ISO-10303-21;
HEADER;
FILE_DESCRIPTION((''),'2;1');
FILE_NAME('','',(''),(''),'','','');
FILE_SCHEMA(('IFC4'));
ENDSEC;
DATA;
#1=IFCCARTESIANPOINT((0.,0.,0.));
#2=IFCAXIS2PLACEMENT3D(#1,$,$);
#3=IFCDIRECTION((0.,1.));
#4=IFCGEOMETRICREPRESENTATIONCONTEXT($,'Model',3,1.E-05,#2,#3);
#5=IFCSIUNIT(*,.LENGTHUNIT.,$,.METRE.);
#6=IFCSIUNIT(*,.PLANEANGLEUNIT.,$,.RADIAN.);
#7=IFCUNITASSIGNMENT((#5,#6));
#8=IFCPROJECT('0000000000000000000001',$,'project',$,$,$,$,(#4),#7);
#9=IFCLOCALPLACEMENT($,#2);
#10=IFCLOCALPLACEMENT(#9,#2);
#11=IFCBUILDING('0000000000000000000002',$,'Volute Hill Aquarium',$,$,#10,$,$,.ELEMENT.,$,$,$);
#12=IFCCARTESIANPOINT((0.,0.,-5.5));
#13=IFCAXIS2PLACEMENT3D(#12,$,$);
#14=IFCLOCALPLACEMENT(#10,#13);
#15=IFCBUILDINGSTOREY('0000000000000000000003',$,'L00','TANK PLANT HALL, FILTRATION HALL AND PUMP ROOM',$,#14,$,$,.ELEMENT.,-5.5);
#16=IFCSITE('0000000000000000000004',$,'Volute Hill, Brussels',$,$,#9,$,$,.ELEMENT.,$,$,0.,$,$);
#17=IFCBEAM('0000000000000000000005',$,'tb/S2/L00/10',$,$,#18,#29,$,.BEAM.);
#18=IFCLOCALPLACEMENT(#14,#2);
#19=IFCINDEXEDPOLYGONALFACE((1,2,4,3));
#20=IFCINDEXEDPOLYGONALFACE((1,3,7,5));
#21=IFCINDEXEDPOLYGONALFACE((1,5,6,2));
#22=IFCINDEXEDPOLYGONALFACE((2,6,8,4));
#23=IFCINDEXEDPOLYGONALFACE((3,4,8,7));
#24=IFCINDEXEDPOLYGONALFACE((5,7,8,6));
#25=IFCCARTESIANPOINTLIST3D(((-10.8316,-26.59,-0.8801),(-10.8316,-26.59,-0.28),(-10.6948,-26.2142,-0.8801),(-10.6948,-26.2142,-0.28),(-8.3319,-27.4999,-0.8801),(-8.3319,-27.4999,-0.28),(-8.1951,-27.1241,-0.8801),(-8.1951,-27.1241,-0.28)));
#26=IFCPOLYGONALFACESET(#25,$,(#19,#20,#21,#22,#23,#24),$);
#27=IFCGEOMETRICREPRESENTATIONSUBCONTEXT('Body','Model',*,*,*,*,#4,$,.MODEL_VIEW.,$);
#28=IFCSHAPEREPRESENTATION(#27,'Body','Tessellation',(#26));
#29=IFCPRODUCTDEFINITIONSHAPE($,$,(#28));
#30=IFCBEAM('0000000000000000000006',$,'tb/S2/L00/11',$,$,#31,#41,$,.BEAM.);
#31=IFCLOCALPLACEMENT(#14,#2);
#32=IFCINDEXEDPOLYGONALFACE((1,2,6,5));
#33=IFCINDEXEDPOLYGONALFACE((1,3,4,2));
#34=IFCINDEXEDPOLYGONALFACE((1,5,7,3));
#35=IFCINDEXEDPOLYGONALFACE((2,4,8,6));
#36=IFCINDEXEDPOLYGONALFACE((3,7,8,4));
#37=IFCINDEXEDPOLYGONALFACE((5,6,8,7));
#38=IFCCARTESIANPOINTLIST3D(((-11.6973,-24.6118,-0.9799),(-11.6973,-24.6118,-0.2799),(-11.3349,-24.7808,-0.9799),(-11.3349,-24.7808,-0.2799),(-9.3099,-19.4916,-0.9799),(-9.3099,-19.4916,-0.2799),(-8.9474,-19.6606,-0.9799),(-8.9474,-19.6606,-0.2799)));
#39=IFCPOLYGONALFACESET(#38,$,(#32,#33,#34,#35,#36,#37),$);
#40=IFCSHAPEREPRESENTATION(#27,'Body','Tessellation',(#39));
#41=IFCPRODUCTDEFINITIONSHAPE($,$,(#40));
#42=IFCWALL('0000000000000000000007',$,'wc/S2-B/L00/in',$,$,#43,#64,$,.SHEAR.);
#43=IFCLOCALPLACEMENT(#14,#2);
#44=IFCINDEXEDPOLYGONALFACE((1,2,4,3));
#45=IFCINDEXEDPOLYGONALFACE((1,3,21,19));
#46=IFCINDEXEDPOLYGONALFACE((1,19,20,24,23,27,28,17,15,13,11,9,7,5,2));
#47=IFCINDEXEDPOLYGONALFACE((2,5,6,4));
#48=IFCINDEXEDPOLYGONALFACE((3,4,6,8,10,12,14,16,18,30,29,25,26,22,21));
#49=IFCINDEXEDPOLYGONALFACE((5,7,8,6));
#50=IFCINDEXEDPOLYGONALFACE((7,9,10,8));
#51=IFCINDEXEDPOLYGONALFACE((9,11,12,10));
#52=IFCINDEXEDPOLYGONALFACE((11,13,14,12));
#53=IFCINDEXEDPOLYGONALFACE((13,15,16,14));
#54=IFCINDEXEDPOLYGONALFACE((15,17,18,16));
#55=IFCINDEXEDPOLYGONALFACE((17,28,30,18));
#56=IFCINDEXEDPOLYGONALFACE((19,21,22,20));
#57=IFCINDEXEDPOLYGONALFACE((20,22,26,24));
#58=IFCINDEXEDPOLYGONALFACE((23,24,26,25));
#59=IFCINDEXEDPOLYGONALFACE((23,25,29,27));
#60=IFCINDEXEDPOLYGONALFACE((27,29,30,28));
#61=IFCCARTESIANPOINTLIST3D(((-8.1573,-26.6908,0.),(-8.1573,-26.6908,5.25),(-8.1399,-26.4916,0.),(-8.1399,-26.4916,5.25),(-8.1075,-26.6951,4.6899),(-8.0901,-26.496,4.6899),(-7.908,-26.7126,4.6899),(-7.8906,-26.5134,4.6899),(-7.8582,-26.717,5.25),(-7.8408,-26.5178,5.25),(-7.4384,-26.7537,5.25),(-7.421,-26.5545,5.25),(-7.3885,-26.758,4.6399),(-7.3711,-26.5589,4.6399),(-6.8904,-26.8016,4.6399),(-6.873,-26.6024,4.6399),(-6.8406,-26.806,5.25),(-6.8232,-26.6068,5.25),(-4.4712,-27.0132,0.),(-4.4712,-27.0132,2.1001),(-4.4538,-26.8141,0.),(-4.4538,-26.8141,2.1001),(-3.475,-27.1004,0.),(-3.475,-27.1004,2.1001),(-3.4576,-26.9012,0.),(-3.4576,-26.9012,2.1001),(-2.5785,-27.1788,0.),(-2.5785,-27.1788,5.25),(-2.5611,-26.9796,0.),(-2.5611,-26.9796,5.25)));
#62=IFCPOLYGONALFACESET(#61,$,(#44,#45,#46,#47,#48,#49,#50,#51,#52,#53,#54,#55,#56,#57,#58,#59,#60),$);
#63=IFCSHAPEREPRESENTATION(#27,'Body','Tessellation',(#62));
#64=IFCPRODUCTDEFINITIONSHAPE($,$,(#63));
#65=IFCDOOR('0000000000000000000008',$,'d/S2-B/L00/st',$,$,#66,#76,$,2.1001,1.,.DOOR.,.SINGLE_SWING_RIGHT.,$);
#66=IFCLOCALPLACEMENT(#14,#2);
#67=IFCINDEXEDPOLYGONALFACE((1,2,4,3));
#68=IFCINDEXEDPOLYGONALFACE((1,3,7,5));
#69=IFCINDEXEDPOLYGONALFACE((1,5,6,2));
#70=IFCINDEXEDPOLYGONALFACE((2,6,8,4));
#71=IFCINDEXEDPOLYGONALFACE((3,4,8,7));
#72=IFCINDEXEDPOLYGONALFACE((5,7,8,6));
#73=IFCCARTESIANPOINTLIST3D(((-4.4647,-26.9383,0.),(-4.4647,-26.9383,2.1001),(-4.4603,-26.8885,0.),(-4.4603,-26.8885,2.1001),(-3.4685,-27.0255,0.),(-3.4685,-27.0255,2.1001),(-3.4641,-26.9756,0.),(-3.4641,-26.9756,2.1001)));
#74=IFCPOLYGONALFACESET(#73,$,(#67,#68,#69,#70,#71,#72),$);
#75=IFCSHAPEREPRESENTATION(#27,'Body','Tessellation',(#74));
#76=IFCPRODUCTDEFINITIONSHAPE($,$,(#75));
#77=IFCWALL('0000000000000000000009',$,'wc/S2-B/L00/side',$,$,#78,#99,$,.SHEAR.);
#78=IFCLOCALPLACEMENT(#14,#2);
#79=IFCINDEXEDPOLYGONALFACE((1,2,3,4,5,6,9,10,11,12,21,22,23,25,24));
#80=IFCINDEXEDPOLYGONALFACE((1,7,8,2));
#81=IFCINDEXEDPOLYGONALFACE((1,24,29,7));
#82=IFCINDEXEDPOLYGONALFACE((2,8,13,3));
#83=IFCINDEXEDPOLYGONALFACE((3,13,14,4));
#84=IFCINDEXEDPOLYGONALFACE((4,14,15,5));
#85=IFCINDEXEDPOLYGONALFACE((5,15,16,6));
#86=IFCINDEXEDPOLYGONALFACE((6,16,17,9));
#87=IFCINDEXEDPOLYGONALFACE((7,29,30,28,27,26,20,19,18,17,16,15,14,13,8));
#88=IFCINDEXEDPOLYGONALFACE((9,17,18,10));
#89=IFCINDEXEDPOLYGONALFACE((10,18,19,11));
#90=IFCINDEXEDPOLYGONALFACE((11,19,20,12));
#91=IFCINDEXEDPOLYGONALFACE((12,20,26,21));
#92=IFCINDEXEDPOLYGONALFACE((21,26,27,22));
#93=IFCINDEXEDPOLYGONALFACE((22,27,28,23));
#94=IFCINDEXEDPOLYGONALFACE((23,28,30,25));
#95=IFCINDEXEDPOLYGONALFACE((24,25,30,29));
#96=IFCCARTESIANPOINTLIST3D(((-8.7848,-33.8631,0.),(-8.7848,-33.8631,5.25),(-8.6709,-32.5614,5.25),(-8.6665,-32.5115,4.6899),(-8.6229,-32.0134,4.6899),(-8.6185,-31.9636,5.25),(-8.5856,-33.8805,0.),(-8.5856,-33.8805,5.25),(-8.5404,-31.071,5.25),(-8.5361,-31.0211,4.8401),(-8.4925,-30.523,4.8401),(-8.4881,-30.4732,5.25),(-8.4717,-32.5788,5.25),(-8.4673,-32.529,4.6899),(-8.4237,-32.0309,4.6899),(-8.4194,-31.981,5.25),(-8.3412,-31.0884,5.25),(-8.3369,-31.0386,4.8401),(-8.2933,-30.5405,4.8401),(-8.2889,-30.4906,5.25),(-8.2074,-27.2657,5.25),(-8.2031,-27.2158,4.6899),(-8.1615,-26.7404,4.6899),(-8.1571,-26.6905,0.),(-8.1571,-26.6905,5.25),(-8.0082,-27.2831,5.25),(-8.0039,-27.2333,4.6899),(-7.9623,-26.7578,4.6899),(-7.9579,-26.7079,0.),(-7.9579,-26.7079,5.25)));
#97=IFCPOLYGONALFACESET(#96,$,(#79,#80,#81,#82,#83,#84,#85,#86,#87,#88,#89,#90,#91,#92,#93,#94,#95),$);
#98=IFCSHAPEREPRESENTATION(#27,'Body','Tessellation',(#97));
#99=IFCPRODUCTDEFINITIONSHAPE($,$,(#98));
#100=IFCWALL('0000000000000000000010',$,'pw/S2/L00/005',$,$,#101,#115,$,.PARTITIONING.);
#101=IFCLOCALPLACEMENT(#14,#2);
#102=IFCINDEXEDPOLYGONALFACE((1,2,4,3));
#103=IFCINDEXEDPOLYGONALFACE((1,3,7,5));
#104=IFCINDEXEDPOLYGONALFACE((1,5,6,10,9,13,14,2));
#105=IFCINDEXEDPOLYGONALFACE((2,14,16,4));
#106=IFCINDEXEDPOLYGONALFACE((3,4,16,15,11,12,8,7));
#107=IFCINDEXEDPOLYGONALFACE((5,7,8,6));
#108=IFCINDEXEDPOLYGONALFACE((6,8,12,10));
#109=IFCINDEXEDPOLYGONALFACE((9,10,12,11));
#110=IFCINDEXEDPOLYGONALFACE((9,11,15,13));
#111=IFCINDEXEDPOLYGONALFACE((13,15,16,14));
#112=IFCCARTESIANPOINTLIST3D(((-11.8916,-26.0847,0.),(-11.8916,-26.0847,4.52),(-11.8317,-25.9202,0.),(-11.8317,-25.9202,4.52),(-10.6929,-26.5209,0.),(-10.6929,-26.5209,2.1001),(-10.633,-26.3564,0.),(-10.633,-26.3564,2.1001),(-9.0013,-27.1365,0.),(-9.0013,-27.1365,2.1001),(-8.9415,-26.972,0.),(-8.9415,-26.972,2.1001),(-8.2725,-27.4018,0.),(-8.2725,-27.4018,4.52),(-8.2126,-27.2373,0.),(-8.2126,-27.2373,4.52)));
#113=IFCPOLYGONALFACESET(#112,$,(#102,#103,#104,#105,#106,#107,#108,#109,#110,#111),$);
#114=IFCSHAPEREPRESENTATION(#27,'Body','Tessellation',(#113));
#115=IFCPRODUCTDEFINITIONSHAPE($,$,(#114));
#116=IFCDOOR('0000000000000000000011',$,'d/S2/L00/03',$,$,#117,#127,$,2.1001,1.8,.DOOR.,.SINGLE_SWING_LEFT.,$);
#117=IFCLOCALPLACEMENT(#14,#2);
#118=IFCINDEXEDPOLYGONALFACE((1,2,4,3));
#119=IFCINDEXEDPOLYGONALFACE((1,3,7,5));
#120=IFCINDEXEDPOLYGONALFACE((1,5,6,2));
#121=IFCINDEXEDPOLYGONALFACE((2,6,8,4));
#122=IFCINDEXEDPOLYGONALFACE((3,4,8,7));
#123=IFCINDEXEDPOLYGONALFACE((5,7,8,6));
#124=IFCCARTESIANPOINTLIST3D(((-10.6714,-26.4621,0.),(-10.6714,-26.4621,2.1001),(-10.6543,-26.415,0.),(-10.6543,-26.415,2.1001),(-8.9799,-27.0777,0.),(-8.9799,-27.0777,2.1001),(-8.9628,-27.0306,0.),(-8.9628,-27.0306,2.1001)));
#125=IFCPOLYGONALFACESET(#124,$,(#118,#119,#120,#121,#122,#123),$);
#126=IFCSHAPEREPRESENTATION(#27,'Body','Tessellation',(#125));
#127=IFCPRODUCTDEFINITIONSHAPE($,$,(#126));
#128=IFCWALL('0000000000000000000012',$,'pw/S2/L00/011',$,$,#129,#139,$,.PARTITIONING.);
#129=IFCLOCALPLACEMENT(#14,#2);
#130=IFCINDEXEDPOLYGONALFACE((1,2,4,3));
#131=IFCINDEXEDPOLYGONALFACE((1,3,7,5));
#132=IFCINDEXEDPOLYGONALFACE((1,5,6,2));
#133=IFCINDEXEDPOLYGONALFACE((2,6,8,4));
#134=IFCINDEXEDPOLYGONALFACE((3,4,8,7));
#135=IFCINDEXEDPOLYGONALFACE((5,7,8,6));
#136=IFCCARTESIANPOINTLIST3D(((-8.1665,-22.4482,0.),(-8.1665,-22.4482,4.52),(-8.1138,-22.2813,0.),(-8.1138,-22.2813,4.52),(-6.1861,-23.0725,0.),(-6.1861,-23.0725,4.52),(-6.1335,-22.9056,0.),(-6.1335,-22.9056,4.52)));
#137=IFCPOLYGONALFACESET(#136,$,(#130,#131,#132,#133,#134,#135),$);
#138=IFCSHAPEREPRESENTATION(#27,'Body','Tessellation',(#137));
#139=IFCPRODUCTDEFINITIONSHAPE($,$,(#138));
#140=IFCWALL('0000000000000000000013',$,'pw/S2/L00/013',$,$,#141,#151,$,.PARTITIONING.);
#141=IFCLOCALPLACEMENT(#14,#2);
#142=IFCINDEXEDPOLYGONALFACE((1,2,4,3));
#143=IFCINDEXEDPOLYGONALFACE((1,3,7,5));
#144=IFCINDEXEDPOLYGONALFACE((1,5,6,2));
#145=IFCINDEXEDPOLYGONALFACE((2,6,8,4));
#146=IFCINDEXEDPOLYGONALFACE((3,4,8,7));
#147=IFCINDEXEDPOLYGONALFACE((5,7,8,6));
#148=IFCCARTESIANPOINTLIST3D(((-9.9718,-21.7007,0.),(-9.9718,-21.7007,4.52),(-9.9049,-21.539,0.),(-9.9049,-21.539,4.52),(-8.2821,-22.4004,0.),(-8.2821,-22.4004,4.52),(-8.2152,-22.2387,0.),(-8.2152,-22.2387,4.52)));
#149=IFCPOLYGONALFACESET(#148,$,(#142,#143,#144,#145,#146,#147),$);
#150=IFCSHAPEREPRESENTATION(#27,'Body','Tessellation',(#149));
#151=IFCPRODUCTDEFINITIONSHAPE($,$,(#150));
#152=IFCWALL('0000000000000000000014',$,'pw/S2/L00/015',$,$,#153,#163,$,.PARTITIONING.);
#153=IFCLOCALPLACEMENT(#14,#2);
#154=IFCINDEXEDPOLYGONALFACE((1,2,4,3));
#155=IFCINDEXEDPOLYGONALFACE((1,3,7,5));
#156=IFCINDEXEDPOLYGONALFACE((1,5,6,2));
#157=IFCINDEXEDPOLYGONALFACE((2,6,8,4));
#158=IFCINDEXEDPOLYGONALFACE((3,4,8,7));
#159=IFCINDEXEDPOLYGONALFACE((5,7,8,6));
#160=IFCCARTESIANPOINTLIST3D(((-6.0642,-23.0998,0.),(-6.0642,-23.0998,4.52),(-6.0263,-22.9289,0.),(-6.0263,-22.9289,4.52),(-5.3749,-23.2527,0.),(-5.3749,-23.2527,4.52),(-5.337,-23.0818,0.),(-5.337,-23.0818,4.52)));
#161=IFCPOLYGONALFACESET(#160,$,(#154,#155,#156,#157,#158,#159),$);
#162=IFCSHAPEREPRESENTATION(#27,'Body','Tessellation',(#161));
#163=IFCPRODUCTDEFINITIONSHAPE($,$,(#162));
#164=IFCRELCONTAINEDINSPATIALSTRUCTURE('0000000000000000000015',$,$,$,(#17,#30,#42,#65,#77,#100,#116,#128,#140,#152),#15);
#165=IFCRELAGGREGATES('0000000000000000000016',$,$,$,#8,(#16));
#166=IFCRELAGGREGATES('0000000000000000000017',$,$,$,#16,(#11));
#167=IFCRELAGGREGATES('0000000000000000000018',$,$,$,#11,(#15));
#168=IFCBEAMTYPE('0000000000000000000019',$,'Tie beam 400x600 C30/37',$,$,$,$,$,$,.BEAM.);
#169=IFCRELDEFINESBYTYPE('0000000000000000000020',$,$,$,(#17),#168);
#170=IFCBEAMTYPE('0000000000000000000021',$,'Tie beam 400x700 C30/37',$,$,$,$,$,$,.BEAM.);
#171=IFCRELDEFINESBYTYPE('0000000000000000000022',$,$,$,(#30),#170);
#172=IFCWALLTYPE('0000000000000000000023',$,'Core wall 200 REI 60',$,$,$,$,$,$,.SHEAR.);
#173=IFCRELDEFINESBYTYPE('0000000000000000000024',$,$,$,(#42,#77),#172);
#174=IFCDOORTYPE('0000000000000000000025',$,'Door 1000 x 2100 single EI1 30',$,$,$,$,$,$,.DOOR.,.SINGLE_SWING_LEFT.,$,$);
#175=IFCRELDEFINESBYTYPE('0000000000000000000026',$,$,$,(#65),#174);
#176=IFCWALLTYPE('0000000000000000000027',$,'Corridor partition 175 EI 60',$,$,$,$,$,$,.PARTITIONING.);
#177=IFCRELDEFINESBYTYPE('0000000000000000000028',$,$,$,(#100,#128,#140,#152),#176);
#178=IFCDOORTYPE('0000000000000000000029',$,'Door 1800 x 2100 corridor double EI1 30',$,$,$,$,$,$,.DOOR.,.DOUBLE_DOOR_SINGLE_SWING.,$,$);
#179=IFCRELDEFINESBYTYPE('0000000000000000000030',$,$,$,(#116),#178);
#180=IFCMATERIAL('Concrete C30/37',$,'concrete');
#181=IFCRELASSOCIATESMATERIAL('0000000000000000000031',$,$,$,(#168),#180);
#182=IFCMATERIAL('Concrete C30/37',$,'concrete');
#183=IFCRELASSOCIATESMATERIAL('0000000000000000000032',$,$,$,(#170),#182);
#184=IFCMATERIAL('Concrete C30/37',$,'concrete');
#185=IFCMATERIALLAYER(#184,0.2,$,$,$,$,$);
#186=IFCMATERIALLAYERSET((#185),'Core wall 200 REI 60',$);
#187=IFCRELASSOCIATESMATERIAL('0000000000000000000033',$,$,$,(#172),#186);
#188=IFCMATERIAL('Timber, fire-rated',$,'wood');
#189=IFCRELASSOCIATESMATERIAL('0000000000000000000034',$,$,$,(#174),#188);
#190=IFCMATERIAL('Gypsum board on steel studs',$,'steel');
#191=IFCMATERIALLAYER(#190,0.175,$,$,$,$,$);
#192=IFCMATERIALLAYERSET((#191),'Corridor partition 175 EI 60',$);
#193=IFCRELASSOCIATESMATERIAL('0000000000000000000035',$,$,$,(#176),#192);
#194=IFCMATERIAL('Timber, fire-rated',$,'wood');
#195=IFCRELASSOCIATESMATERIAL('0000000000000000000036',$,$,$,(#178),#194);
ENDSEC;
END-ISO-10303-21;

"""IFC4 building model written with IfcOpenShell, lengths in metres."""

from ifc_helpers import new_model, si_unit, direction, frame, frame_2d, origin, origin_2d, place, context, subcontext, project, spatial, polyline, rectangle, outline, extrude, material, layer, layer_set, material_profile, profile_set, type_object, element, fill, save


model = new_model("IFC4")

# Units and contexts
model_context = context("Model", 3, precision=1e-05, world=origin(), true_north=direction((0.0, 1.0)))
body_context = subcontext(model_context, "Body", "Model", "MODEL_VIEW")
ifc_project = project(units=[si_unit("LENGTHUNIT", "METRE"), si_unit("PLANEANGLEUNIT", "RADIAN")], contexts=[model_context])

# Site, building, storey
site_placement = place(None, origin())
site = spatial("IfcSite", under=ifc_project, at=site_placement, Name="Volute Hill, Brussels", CompositionType="ELEMENT", RefElevation=0.0)
building_placement = place(site_placement, origin())
building = spatial("IfcBuilding", under=site, at=building_placement, Name="Volute Hill Aquarium", CompositionType="ELEMENT")
storey_placement = place(building_placement, frame((0.0, 0.0, -5.5)))
storey = spatial("IfcBuildingStorey", under=building, at=storey_placement, Name="L00", Description="TANK PLANT HALL, FILTRATION HALL AND PUMP ROOM", CompositionType="ELEMENT", Elevation=-5.5)

# Beams
ifc_material_1 = material(Name="Concrete C30/37", Category="concrete")
ifc_material_profile_1 = material_profile(ifc_material_1, rectangle(XDim=0.3999, YDim=0.6001, at=origin_2d()), Name="RC tie beam 400x600")
ifc_profile_set_1 = profile_set([ifc_material_profile_1], Name="Concrete C30/37")
beam_type_1 = type_object("IfcBeamType", Name="Tie beam 400x600 C30/37", PredefinedType="BEAM", material=ifc_profile_set_1)
beam_1_placement = place(storey_placement, frame((-10.7632, -26.4021, -0.5801), z_axis=(0.939684, -0.342045, 0.0), x_axis=(0.342045, 0.939684, 0.0)))
element("IfcBeam", 1, at=beam_1_placement, inside=storey, type_object=beam_type_1, Name="tb/S2/L00/10", PredefinedType="BEAM", context=body_context, shape_type="SweptSolid", body=[
    extrude(rectangle(XDim=0.3999, YDim=0.6001, at=origin_2d()), origin(), (0.0, 0.0, 1.0), 2.6602),
])
ifc_material_2 = material(Name="Concrete C30/37", Category="concrete")
ifc_material_profile_2 = material_profile(ifc_material_2, rectangle(XDim=0.3999, YDim=0.7, at=origin_2d()), Name="RC tie beam 400x700")
ifc_profile_set_2 = profile_set([ifc_material_profile_2], Name="Concrete C30/37")
beam_type_2 = type_object("IfcBeamType", Name="Tie beam 400x700 C30/37", PredefinedType="BEAM", material=ifc_profile_set_2)
beam_2_placement = place(storey_placement, frame((-11.5161, -24.6963, -0.6299), z_axis=(0.422604, 0.906314, 0.0), x_axis=(-0.906314, 0.422604, 0.0)))
element("IfcBeam", 2, at=beam_2_placement, inside=storey, type_object=beam_type_2, Name="tb/S2/L00/11", PredefinedType="BEAM", context=body_context, shape_type="SweptSolid", body=[
    extrude(rectangle(XDim=0.3999, YDim=0.7, at=origin_2d()), origin(), (0.0, 0.0, 1.0), 5.6494),
])

# Wall, opening, door
ifc_material_3 = material(Name="Concrete C30/37", Category="concrete")
ifc_layer_1 = layer(ifc_material_3, 0.2)
ifc_layer_set_1 = layer_set([ifc_layer_1], Name="Core wall 200 REI 60")
wall_type_1 = type_object("IfcWallType", Name="Core wall 200 REI 60", PredefinedType="SHEAR", material=ifc_layer_set_1)
wall_1_placement = place(storey_placement, frame((-2.5698, -27.0791, 0.0), z_axis=(0.0, 0.0, 1.0), x_axis=(-0.996195, 0.087147, 0.0)))
wall_1 = element("IfcWall", 3, at=wall_1_placement, inside=storey, type_object=wall_type_1, Name="wc/S2-B/L00/in", PredefinedType="SHEAR", context=body_context, shape_type="SweptSolid", body=[
    extrude(outline(polyline([(0.0, 0.0), (5.6001, 0.0), (5.6001, 5.25), (5.55, 4.6899), (5.3499, 4.6899), (5.2998, 5.25), (4.8784, 5.25), (4.8284, 4.6399), (4.3284, 4.6399), (4.2783, 5.25), (0.0, 5.25), (0.0, 0.0)])), frame((0.0, 0.1001, 0.0), z_axis=(0.0, -1.0, 0.0), x_axis=(1.0, 0.0, 0.0)), (0.0, 0.0, 1.0), 0.2),
])
opening_1_placement = place(wall_1_placement, frame((0.8999, 0.0, 0.0)))
opening_1 = element("IfcOpeningElement", 4, at=opening_1_placement, cuts=wall_1, PredefinedType="OPENING", context=body_context, shape_type="SweptSolid", body=[
    extrude(rectangle(XDim=1.0, YDim=2.1001, at=frame_2d((0.5, 1.05))), frame((0.0, 0.1099, 0.0), z_axis=(0.0, -1.0, 0.0), x_axis=(1.0, 0.0, 0.0)), (0.0, 0.0, 1.0), 0.22),
])
ifc_material_4 = material(Name="Timber, fire-rated", Category="wood")
door_type_1 = type_object("IfcDoorType", Name="Door 1000 x 2100 single EI1 30", OperationType="SINGLE_SWING_LEFT", PredefinedType="DOOR", material=ifc_material_4)
door_1_placement = place(opening_1_placement, origin())
door_1 = element("IfcDoor", 5, at=door_1_placement, inside=storey, type_object=door_type_1, Name="d/S2-B/L00/st", OperationType="SINGLE_SWING_RIGHT", OverallHeight=2.1001, OverallWidth=1.0, PredefinedType="DOOR", context=body_context, shape_type="SweptSolid", body=[
    extrude(rectangle(XDim=1.0, YDim=2.1001, at=frame_2d((0.5, 1.05))), frame((0.0, 0.0249, 0.0), z_axis=(0.0, -1.0, 0.0), x_axis=(1.0, 0.0, 0.0)), (0.0, 0.0, 1.0), 0.05),
])
fill(opening_1, door_1)

# Wall
wall_2_placement = place(storey_placement, frame((-8.0576, -26.6992, 0.0), z_axis=(0.0, 0.0, 1.0), x_axis=(-0.087178, -0.996193, 0.0)))
element("IfcWall", 6, at=wall_2_placement, inside=storey, type_object=wall_type_1, Name="wc/S2-B/L00/side", PredefinedType="SHEAR", context=body_context, shape_type="SweptSolid", body=[
    extrude(outline(polyline([(0.0, 0.0), (7.2, 0.0), (7.2, 5.25), (5.8933, 5.25), (5.8433, 4.6899), (5.3433, 4.6899), (5.2932, 5.25), (4.3972, 5.25), (4.3472, 4.8401), (3.8472, 4.8401), (3.7971, 5.25), (0.5774, 5.25), (0.5273, 4.6899), (0.05, 4.6899), (0.0, 5.25), (0.0, 0.0)])), frame((0.0, 0.1001, 0.0), z_axis=(0.0, -1.0, 0.0), x_axis=(1.0, 0.0, 0.0)), (0.0, 0.0, 1.0), 0.2),
])

# Wall, opening, door
ifc_material_5 = material(Name="Gypsum board on steel studs", Category="steel")
ifc_layer_2 = layer(ifc_material_5, 0.175)
ifc_layer_set_2 = layer_set([ifc_layer_2], Name="Corridor partition 175 EI 60")
wall_type_2 = type_object("IfcWallType", Name="Corridor partition 175 EI 60", PredefinedType="PARTITIONING", material=ifc_layer_set_2)
wall_3_placement = place(storey_placement, frame((-8.2424, -27.3196, 0.0), z_axis=(0.0, 0.0, 1.0), x_axis=(-0.939703, 0.341992, 0.0)))
wall_3 = element("IfcWall", 7, at=wall_3_placement, inside=storey, type_object=wall_type_2, Name="pw/S2/L00/005", PredefinedType="PARTITIONING", context=body_context, shape_type="SweptSolid", body=[
    extrude(rectangle(XDim=3.8513, YDim=0.175, at=frame_2d((1.9258, 0.0))), origin(), (0.0, 0.0, 1.0), 4.52),
])
opening_2_placement = place(wall_3_placement, frame((0.7759, 0.0, 0.0)))
opening_2 = element("IfcOpeningElement", 8, at=opening_2_placement, cuts=wall_3, PredefinedType="OPENING", context=body_context, shape_type="SweptSolid", body=[
    extrude(rectangle(XDim=1.8, YDim=2.1001, at=frame_2d((0.8999, 1.05))), frame((0.0, 0.0974, 0.0), z_axis=(0.0, -1.0, 0.0), x_axis=(1.0, 0.0, 0.0)), (0.0, 0.0, 1.0), 0.1951),
])
ifc_material_6 = material(Name="Timber, fire-rated", Category="wood")
door_type_2 = type_object("IfcDoorType", Name="Door 1800 x 2100 corridor double EI1 30", OperationType="DOUBLE_DOOR_SINGLE_SWING", PredefinedType="DOOR", material=ifc_material_6)
door_2_placement = place(opening_2_placement, origin())
door_2 = element("IfcDoor", 9, at=door_2_placement, inside=storey, type_object=door_type_2, Name="d/S2/L00/03", OperationType="SINGLE_SWING_LEFT", OverallHeight=2.1001, OverallWidth=1.8, PredefinedType="DOOR", context=body_context, shape_type="SweptSolid", body=[
    extrude(rectangle(XDim=1.8, YDim=2.1001, at=frame_2d((0.8999, 1.05))), frame((0.0, 0.0249, 0.0), z_axis=(0.0, -1.0, 0.0), x_axis=(1.0, 0.0, 0.0)), (0.0, 0.0, 1.0), 0.05),
])
fill(opening_2, door_2)

# Walls
wall_4_placement = place(storey_placement, frame((-6.1599, -22.989, 0.0), z_axis=(0.0, 0.0, 1.0), x_axis=(-0.95373, 0.300664, 0.0)))
element("IfcWall", 10, at=wall_4_placement, inside=storey, type_object=wall_type_2, Name="pw/S2/L00/011", PredefinedType="PARTITIONING", context=body_context, shape_type="SweptSolid", body=[
    extrude(rectangle(XDim=2.0764, YDim=0.175, at=frame_2d((1.0381, 0.0))), origin(), (0.0, 0.0, 1.0), 4.52),
])
wall_5_placement = place(storey_placement, frame((-8.2485, -22.3196, 0.0), z_axis=(0.0, 0.0, 1.0), x_axis=(-0.923916, 0.382595, 0.0)))
element("IfcWall", 11, at=wall_5_placement, inside=storey, type_object=wall_type_2, Name="pw/S2/L00/013", PredefinedType="PARTITIONING", context=body_context, shape_type="SweptSolid", body=[
    extrude(rectangle(XDim=1.8289, YDim=0.175, at=frame_2d((0.9146, 0.0))), origin(), (0.0, 0.0, 1.0), 4.52),
])
wall_6_placement = place(storey_placement, frame((-5.356, -23.1672, 0.0), z_axis=(0.0, 0.0, 1.0), x_axis=(-0.976285, 0.216491, 0.0)))
element("IfcWall", 12, at=wall_6_placement, inside=storey, type_object=wall_type_2, Name="pw/S2/L00/015", PredefinedType="PARTITIONING", context=body_context, shape_type="SweptSolid", body=[
    extrude(rectangle(XDim=0.7061, YDim=0.175, at=frame_2d((0.353, 0.0))), origin(), (0.0, 0.0, 1.0), 4.52),
])

save(model, "model.ifc")
